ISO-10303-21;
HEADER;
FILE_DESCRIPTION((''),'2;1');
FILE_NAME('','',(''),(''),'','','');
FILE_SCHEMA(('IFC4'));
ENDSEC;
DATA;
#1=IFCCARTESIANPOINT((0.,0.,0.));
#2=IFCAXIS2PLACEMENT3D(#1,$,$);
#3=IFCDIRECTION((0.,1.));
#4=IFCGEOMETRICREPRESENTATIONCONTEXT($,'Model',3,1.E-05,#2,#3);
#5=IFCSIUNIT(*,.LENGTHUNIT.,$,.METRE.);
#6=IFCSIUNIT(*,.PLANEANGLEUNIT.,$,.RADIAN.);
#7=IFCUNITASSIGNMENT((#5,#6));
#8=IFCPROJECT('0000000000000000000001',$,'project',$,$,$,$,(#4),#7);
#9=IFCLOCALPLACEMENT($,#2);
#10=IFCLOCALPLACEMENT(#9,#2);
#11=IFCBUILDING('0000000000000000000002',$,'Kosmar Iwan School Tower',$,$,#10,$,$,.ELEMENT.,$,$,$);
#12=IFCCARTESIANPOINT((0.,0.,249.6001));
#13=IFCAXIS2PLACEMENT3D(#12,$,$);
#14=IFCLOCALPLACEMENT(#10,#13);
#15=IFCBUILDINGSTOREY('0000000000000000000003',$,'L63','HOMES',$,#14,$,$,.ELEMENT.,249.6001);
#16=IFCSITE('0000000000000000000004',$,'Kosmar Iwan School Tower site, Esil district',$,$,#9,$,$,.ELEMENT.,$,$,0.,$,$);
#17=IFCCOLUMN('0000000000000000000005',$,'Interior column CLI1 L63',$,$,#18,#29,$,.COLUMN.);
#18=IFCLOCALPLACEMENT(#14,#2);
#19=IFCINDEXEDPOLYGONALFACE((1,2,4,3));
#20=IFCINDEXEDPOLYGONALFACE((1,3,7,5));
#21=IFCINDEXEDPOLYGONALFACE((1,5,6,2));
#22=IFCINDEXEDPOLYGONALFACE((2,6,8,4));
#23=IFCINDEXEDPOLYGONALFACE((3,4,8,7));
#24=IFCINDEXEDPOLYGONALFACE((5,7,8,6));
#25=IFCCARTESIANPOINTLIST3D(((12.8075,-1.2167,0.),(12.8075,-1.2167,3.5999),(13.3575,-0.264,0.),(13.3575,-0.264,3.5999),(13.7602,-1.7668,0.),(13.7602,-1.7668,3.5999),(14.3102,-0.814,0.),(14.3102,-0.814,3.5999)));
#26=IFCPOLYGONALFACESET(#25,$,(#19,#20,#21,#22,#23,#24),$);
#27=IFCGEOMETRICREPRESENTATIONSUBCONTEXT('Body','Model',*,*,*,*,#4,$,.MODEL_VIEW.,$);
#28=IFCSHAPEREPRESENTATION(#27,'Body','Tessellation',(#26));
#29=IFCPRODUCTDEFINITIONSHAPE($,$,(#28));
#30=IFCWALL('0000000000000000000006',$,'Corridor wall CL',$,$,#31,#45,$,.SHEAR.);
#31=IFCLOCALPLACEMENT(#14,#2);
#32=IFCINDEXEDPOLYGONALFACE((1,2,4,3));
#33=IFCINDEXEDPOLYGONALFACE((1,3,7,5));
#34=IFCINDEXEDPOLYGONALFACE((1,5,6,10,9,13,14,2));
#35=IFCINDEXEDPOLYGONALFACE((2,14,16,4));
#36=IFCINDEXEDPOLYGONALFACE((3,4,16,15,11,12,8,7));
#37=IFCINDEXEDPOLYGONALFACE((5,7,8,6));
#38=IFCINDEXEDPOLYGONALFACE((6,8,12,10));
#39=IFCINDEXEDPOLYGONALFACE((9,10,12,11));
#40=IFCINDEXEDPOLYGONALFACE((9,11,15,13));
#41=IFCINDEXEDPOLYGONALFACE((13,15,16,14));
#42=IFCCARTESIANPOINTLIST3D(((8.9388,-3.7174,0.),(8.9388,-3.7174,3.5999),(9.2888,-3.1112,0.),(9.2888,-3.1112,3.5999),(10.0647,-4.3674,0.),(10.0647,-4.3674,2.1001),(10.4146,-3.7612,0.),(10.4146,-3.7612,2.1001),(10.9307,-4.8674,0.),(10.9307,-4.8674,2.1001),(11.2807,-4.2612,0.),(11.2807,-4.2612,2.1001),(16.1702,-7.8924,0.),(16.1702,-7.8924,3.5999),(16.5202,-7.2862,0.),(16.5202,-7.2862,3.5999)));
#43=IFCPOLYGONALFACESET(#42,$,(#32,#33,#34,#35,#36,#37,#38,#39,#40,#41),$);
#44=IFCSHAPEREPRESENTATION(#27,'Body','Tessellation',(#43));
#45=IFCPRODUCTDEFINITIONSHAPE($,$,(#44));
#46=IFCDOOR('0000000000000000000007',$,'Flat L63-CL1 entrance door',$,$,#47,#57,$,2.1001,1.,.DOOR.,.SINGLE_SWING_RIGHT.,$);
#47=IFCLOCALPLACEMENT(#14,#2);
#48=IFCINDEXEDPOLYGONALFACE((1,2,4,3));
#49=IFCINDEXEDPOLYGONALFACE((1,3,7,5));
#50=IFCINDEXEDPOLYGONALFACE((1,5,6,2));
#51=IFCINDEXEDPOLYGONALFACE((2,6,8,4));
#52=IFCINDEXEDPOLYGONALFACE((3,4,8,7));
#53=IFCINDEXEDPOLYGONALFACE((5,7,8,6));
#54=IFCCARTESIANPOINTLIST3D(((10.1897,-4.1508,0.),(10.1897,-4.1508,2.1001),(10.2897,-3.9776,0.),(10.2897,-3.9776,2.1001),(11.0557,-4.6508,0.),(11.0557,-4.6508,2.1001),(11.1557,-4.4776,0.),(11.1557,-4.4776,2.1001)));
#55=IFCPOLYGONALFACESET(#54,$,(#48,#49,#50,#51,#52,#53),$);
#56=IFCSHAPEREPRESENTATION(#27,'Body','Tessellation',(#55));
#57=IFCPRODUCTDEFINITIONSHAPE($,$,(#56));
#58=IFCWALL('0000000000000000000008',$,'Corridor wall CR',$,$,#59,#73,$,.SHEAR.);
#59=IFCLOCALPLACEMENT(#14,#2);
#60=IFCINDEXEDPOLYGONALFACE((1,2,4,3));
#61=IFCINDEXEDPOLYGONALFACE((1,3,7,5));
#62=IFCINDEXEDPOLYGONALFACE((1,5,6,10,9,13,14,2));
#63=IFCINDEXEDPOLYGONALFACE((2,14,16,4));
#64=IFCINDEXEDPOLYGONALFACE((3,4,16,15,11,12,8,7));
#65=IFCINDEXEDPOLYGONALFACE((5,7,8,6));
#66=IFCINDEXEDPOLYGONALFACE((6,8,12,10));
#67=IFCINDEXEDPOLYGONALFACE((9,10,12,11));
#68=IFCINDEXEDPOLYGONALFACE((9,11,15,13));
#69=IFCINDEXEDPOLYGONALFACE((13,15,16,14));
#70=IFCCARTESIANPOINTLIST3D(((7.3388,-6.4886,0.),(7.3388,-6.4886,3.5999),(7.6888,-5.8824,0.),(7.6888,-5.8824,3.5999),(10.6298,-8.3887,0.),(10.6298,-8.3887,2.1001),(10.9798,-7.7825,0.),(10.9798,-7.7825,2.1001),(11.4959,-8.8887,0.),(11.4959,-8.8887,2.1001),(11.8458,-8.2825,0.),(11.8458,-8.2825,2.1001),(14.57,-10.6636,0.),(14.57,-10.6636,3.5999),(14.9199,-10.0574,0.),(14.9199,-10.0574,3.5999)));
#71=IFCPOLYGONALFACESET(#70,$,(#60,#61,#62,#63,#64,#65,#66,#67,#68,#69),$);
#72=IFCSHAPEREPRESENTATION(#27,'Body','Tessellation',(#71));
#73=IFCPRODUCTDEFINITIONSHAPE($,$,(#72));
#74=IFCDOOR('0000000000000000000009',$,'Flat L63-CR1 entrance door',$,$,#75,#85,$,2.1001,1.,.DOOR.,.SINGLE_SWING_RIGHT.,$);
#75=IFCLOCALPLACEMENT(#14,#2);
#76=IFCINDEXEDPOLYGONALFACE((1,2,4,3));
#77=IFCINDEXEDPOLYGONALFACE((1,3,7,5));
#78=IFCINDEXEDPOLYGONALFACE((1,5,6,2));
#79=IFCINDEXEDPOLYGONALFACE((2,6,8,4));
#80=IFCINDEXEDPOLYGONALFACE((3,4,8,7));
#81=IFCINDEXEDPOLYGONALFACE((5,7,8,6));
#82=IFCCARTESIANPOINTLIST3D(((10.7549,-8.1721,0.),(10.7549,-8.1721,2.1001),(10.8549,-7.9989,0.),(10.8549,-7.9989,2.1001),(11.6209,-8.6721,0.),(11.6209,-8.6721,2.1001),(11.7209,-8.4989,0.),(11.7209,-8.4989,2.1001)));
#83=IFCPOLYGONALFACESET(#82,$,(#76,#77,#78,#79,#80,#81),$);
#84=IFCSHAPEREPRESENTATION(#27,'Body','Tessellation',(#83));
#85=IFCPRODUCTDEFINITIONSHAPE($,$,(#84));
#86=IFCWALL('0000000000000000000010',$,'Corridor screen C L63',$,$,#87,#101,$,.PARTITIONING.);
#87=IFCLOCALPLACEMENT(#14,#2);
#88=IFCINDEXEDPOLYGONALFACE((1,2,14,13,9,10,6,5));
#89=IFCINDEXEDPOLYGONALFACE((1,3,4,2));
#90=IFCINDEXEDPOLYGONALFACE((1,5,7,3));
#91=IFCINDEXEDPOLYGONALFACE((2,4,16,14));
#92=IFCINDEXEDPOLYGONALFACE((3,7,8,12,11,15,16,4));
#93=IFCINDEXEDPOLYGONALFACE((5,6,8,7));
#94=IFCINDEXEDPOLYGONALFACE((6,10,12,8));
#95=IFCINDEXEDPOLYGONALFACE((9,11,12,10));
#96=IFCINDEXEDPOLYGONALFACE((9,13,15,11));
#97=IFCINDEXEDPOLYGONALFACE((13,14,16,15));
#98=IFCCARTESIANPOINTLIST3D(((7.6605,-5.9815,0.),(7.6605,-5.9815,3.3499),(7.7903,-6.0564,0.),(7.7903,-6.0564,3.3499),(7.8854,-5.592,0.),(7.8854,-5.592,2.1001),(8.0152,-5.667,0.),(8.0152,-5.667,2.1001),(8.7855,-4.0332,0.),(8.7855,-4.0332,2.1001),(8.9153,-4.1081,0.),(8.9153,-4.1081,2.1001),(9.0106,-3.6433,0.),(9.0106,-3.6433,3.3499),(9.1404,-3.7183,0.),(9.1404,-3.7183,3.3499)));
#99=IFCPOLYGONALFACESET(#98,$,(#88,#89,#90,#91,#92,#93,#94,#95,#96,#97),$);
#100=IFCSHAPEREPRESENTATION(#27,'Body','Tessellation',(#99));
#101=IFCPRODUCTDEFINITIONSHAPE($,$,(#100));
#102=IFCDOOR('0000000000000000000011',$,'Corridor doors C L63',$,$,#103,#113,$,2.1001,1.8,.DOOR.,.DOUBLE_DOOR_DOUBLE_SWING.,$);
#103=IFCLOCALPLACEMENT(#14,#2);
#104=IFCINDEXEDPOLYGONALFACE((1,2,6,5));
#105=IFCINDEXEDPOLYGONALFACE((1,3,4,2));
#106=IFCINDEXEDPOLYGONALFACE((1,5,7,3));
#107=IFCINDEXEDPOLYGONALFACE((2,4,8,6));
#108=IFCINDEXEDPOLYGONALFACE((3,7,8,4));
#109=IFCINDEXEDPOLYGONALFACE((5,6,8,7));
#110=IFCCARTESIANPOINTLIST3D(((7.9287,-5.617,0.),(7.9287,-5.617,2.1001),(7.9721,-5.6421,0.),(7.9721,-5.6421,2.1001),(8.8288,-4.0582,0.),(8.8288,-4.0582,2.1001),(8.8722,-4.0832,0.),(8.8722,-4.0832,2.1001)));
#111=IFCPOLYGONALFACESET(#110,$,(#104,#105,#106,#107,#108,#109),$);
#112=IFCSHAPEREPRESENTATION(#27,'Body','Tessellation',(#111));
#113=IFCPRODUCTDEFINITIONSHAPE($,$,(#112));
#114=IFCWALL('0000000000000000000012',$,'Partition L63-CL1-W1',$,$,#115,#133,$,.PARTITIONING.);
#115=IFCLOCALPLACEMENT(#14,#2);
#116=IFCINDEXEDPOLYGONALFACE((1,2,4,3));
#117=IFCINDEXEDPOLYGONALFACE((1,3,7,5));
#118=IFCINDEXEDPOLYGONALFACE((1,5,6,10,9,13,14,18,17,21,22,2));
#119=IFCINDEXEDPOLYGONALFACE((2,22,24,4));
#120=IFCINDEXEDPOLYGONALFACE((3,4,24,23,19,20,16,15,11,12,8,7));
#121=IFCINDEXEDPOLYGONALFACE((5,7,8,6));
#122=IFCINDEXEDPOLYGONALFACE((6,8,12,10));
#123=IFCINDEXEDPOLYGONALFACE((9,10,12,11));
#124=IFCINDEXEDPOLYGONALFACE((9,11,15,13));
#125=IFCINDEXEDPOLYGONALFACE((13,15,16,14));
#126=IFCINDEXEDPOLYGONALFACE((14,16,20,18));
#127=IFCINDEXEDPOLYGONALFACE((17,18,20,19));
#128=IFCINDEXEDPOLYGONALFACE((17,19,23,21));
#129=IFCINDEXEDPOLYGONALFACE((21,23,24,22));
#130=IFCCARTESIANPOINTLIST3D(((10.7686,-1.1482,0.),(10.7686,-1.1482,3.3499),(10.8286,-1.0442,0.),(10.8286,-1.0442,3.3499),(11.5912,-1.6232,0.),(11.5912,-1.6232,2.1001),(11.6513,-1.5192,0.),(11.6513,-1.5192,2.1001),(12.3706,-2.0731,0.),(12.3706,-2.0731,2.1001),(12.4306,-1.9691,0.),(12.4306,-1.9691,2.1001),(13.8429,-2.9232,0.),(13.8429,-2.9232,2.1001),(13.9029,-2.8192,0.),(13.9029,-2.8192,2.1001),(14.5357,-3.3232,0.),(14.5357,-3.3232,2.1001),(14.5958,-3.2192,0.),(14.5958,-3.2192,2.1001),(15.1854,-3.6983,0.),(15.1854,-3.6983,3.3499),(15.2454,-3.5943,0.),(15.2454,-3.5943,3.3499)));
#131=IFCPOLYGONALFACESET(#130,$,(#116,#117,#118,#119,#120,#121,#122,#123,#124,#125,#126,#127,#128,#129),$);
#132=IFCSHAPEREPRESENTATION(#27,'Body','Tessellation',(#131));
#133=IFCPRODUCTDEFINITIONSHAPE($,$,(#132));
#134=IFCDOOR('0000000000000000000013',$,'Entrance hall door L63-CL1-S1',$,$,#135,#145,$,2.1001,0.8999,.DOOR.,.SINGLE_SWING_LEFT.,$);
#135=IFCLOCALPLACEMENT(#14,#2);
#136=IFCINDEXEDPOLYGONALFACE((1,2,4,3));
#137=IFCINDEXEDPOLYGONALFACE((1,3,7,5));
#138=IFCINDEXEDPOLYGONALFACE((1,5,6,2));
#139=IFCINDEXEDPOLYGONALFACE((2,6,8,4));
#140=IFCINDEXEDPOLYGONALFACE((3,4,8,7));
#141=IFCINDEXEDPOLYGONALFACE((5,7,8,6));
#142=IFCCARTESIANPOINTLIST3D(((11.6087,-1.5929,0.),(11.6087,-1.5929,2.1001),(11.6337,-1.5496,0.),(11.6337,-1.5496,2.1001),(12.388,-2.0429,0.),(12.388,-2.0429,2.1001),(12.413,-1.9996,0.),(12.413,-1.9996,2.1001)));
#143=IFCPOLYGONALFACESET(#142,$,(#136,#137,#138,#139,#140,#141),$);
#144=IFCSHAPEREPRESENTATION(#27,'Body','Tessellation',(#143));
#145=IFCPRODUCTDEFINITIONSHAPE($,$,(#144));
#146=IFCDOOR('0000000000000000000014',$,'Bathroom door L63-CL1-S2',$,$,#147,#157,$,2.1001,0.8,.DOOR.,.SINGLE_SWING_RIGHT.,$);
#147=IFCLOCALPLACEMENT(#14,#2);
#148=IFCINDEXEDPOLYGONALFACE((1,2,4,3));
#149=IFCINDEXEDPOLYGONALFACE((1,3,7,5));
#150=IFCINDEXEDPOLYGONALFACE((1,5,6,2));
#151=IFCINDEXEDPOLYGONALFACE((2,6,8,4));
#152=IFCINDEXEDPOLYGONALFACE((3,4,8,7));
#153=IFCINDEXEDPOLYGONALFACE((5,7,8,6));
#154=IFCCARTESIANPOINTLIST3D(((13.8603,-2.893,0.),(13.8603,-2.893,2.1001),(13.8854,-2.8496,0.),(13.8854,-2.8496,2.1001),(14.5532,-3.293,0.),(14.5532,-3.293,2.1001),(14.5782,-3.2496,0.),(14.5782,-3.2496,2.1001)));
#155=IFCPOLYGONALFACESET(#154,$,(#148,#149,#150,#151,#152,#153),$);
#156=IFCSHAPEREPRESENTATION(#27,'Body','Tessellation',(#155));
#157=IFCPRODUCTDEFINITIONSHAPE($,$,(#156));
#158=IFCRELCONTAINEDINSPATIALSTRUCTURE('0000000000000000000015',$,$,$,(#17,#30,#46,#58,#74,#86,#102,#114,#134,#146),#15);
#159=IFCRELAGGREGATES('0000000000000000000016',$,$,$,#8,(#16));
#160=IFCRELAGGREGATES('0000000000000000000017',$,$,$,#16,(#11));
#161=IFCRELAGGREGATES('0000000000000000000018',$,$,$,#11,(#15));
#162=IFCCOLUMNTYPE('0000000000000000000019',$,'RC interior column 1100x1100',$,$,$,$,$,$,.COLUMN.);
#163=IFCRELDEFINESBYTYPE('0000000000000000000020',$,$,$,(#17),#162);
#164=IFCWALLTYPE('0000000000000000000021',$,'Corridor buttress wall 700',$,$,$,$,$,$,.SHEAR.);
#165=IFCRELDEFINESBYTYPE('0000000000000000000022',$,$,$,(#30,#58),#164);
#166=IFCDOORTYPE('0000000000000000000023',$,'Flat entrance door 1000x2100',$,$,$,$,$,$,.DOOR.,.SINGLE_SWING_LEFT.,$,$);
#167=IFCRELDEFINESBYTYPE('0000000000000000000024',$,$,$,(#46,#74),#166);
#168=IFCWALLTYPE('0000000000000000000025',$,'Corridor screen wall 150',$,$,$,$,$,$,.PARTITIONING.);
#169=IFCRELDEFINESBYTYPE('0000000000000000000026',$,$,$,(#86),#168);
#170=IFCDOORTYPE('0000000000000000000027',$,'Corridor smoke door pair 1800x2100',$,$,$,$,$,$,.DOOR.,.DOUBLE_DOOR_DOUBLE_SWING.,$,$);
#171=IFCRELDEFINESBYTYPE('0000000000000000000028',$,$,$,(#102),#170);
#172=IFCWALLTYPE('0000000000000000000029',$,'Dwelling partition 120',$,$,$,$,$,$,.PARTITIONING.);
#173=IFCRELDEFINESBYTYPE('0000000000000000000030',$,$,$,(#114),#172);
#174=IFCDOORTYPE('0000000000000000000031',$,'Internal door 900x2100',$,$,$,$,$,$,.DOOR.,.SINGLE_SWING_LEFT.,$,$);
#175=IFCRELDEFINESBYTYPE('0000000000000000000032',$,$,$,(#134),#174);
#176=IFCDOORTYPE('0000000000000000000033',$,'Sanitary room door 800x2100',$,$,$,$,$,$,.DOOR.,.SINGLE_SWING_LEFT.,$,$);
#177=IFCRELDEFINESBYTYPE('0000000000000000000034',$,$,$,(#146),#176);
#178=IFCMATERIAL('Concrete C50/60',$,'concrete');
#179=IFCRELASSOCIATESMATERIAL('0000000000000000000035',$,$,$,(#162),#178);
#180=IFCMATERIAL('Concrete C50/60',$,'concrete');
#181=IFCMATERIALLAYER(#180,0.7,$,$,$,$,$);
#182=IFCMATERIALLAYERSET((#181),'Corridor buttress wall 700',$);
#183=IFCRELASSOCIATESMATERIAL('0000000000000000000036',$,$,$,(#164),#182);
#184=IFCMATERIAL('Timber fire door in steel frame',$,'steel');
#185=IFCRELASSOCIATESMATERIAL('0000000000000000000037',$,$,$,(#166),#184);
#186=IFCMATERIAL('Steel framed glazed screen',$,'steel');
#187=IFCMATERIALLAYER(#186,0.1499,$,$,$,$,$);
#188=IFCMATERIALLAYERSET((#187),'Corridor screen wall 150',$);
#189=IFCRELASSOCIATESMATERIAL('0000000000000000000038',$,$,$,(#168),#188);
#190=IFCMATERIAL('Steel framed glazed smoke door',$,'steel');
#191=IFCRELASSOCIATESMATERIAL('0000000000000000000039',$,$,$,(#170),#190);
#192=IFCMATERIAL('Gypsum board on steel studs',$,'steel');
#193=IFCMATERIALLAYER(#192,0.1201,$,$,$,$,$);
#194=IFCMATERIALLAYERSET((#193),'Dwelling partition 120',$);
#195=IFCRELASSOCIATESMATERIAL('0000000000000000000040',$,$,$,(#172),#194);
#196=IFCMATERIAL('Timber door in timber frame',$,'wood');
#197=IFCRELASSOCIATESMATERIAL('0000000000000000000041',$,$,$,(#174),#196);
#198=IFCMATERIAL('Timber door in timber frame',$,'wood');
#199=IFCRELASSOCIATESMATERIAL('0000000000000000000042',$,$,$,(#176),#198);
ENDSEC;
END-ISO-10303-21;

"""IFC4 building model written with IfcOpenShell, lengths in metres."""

from ifc_helpers import new_model, si_unit, direction, frame, frame_2d, origin, origin_2d, place, context, subcontext, project, spatial, rectangle, extrude, material, layer, layer_set, material_profile, profile_set, type_object, element, fill, save


model = new_model("IFC4")

# Units and contexts
model_context = context("Model", 3, precision=1e-05, world=origin(), true_north=direction((0.0, 1.0)))
body_context = subcontext(model_context, "Body", "Model", "MODEL_VIEW")
ifc_project = project(units=[si_unit("LENGTHUNIT", "METRE"), si_unit("PLANEANGLEUNIT", "RADIAN")], contexts=[model_context])

# Site, building, storey
site_placement = place(None, origin())
site = spatial("IfcSite", under=ifc_project, at=site_placement, Name="Kosmar Iwan School Tower site, Esil district", CompositionType="ELEMENT", RefElevation=0.0)
building_placement = place(site_placement, origin())
building = spatial("IfcBuilding", under=site, at=building_placement, Name="Kosmar Iwan School Tower", CompositionType="ELEMENT")
storey_placement = place(building_placement, frame((0.0, 0.0, 249.6001)))
storey = spatial("IfcBuildingStorey", under=building, at=storey_placement, Name="L63", Description="HOMES", CompositionType="ELEMENT", Elevation=249.6001)

# Column
ifc_material_1 = material(Name="Concrete C50/60", Category="concrete")
ifc_material_profile = material_profile(ifc_material_1, rectangle(XDim=1.1001, YDim=1.1001, at=origin_2d()), Name="RC 1100x1100")
ifc_profile_set = profile_set([ifc_material_profile], Name="Concrete C50/60")
column_type = type_object("IfcColumnType", Name="RC interior column 1100x1100", PredefinedType="COLUMN", material=ifc_profile_set)
column_placement = place(storey_placement, frame((13.5588, -1.0154, 0.0), z_axis=(0.0, 0.0, 1.0), x_axis=(0.866025, -0.5, 0.0)))
element("IfcColumn", 1, at=column_placement, inside=storey, type_object=column_type, Name="Interior column CLI1 L63", PredefinedType="COLUMN", context=body_context, shape_type="SweptSolid", body=[
    extrude(rectangle(XDim=1.1001, YDim=1.1001, at=origin_2d()), origin(), (0.0, 0.0, 1.0), 3.5999),
])

# Walls, openings, doors
ifc_material_2 = material(Name="Concrete C50/60", Category="concrete")
ifc_layer_1 = layer(ifc_material_2, 0.7)
ifc_layer_set_1 = layer_set([ifc_layer_1], Name="Corridor buttress wall 700")
wall_type_1 = type_object("IfcWallType", Name="Corridor buttress wall 700", PredefinedType="SHEAR", material=ifc_layer_set_1)
wall_1_placement = place(storey_placement, frame((9.1138, -3.4143, 0.0), z_axis=(0.0, 0.0, 1.0), x_axis=(0.866027, -0.499997, 0.0)))
wall_1 = element("IfcWall", 2, at=wall_1_placement, inside=storey, type_object=wall_type_1, Name="Corridor wall CL", PredefinedType="SHEAR", context=body_context, shape_type="SweptSolid", body=[
    extrude(rectangle(XDim=8.3501, YDim=0.7, at=frame_2d((4.175, 0.0))), origin(), (0.0, 0.0, 1.0), 3.5999),
])
opening_1_placement = place(wall_1_placement, frame((1.3, 0.0, 0.0)))
opening_1 = element("IfcOpeningElement", 3, at=opening_1_placement, cuts=wall_1, PredefinedType="OPENING", context=body_context, shape_type="SweptSolid", body=[
    extrude(rectangle(XDim=1.0, YDim=2.1001, at=frame_2d((0.5, 1.05))), frame((0.0, 0.3621, 0.0), z_axis=(0.0, -1.0, 0.0), x_axis=(1.0, 0.0, 0.0)), (0.0, 0.0, 1.0), 0.7239),
])
ifc_material_3 = material(Name="Timber fire door in steel frame", Category="steel")
door_type_1 = type_object("IfcDoorType", Name="Flat entrance door 1000x2100", OperationType="SINGLE_SWING_LEFT", PredefinedType="DOOR", material=ifc_material_3)
door_1_placement = place(opening_1_placement, origin())
door_1 = element("IfcDoor", 4, at=door_1_placement, inside=storey, type_object=door_type_1, Name="Flat L63-CL1 entrance door", OperationType="SINGLE_SWING_RIGHT", OverallHeight=2.1001, OverallWidth=1.0, PredefinedType="DOOR", context=body_context, shape_type="SweptSolid", body=[
    extrude(rectangle(XDim=1.0, YDim=2.1001, at=frame_2d((0.5, 1.05))), frame((0.0, 0.1001, 0.0), z_axis=(0.0, -1.0, 0.0), x_axis=(1.0, 0.0, 0.0)), (0.0, 0.0, 1.0), 0.2),
])
fill(opening_1, door_1)
wall_2_placement = place(storey_placement, frame((7.5139, -6.1855, 0.0), z_axis=(0.0, 0.0, 1.0), x_axis=(0.86602, -0.50001, 0.0)))
wall_2 = element("IfcWall", 5, at=wall_2_placement, inside=storey, type_object=wall_type_1, Name="Corridor wall CR", PredefinedType="SHEAR", context=body_context, shape_type="SweptSolid", body=[
    extrude(rectangle(XDim=8.3499, YDim=0.7, at=frame_2d((4.1748, 0.0))), origin(), (0.0, 0.0, 1.0), 3.5999),
])
opening_2_placement = place(wall_2_placement, frame((3.8, 0.0, 0.0)))
opening_2 = element("IfcOpeningElement", 6, at=opening_2_placement, cuts=wall_2, PredefinedType="OPENING", context=body_context, shape_type="SweptSolid", body=[
    extrude(rectangle(XDim=1.0, YDim=2.1001, at=frame_2d((0.5, 1.05))), frame((0.0, 0.3621, 0.0), z_axis=(0.0, -1.0, 0.0), x_axis=(1.0, 0.0, 0.0)), (0.0, 0.0, 1.0), 0.7239),
])
door_2_placement = place(opening_2_placement, origin())
door_2 = element("IfcDoor", 7, at=door_2_placement, inside=storey, type_object=door_type_1, Name="Flat L63-CR1 entrance door", OperationType="SINGLE_SWING_RIGHT", OverallHeight=2.1001, OverallWidth=1.0, PredefinedType="DOOR", context=body_context, shape_type="SweptSolid", body=[
    extrude(rectangle(XDim=1.0, YDim=2.1001, at=frame_2d((0.5, 1.05))), frame((0.0, 0.1001, 0.0), z_axis=(0.0, -1.0, 0.0), x_axis=(1.0, 0.0, 0.0)), (0.0, 0.0, 1.0), 0.2),
])
fill(opening_2, door_2)
ifc_material_4 = material(Name="Steel framed glazed screen", Category="steel")
ifc_layer_2 = layer(ifc_material_4, 0.1499)
ifc_layer_set_2 = layer_set([ifc_layer_2], Name="Corridor screen wall 150")
wall_type_2 = type_object("IfcWallType", Name="Corridor screen wall 150", PredefinedType="PARTITIONING", material=ifc_layer_set_2)
wall_3_placement = place(storey_placement, frame((7.7253, -6.019, 0.0), z_axis=(0.0, 0.0, 1.0), x_axis=(0.500049, 0.865997, 0.0)))
wall_3 = element("IfcWall", 8, at=wall_3_placement, inside=storey, type_object=wall_type_2, Name="Corridor screen C L63", PredefinedType="PARTITIONING", context=body_context, shape_type="SweptSolid", body=[
    extrude(rectangle(XDim=2.7, YDim=0.1499, at=frame_2d((1.3501, 0.0))), origin(), (0.0, 0.0, 1.0), 3.3499),
])
opening_3_placement = place(wall_3_placement, frame((0.45, 0.0, 0.0)))
opening_3 = element("IfcOpeningElement", 9, at=opening_3_placement, cuts=wall_3, PredefinedType="OPENING", context=body_context, shape_type="SweptSolid", body=[
    extrude(rectangle(XDim=1.8, YDim=2.1001, at=frame_2d((0.8999, 1.05))), frame((0.0, 0.0869, 0.0), z_axis=(0.0, -1.0, 0.0), x_axis=(1.0, 0.0, 0.0)), (0.0, 0.0, 1.0), 0.1738),
])
ifc_material_5 = material(Name="Steel framed glazed smoke door", Category="steel")
door_type_2 = type_object("IfcDoorType", Name="Corridor smoke door pair 1800x2100", OperationType="DOUBLE_DOOR_DOUBLE_SWING", PredefinedType="DOOR", material=ifc_material_5)
door_3_placement = place(opening_3_placement, origin())
door_3 = element("IfcDoor", 10, at=door_3_placement, inside=storey, type_object=door_type_2, Name="Corridor doors C L63", OperationType="DOUBLE_DOOR_DOUBLE_SWING", OverallHeight=2.1001, OverallWidth=1.8, PredefinedType="DOOR", context=body_context, shape_type="SweptSolid", body=[
    extrude(rectangle(XDim=1.8, YDim=2.1001, at=frame_2d((0.8999, 1.05))), frame((0.0, 0.0249, 0.0), z_axis=(0.0, -1.0, 0.0), x_axis=(1.0, 0.0, 0.0)), (0.0, 0.0, 1.0), 0.05),
])
fill(opening_3, door_3)

# Wall, openings, doors
ifc_material_6 = material(Name="Gypsum board on steel studs", Category="steel")
ifc_layer_3 = layer(ifc_material_6, 0.1201)
ifc_layer_set_3 = layer_set([ifc_layer_3], Name="Dwelling partition 120")
wall_type_3 = type_object("IfcWallType", Name="Dwelling partition 120", PredefinedType="PARTITIONING", material=ifc_layer_set_3)
wall_4_placement = place(storey_placement, frame((10.7986, -1.0962, 0.0), z_axis=(0.0, 0.0, 1.0), x_axis=(0.866022, -0.500006, 0.0)))
wall_4 = element("IfcWall", 11, at=wall_4_placement, inside=storey, type_object=wall_type_3, Name="Partition L63-CL1-W1", PredefinedType="PARTITIONING", context=body_context, shape_type="SweptSolid", body=[
    extrude(rectangle(XDim=5.1001, YDim=0.1201, at=frame_2d((2.55, 0.0))), origin(), (0.0, 0.0, 1.0), 3.3499),
])
opening_4_placement = place(wall_4_placement, frame((0.95, 0.0, 0.0)))
opening_4 = element("IfcOpeningElement", 12, at=opening_4_placement, cuts=wall_4, PredefinedType="OPENING", context=body_context, shape_type="SweptSolid", body=[
    extrude(rectangle(XDim=0.8999, YDim=2.1001, at=frame_2d((0.45, 1.05))), frame((0.0, 0.072, 0.0), z_axis=(0.0, -1.0, 0.0), x_axis=(1.0, 0.0, 0.0)), (0.0, 0.0, 1.0), 0.144),
])
opening_5_placement = place(wall_4_placement, frame((3.55, 0.0, 0.0)))
opening_5 = element("IfcOpeningElement", 13, at=opening_5_placement, cuts=wall_4, PredefinedType="OPENING", context=body_context, shape_type="SweptSolid", body=[
    extrude(rectangle(XDim=0.8, YDim=2.1001, at=frame_2d((0.3999, 1.05))), frame((0.0, 0.072, 0.0), z_axis=(0.0, -1.0, 0.0), x_axis=(1.0, 0.0, 0.0)), (0.0, 0.0, 1.0), 0.144),
])
ifc_material_7 = material(Name="Timber door in timber frame", Category="wood")
door_type_3 = type_object("IfcDoorType", Name="Internal door 900x2100", OperationType="SINGLE_SWING_LEFT", PredefinedType="DOOR", material=ifc_material_7)
door_4_placement = place(opening_4_placement, origin())
door_4 = element("IfcDoor", 14, at=door_4_placement, inside=storey, type_object=door_type_3, Name="Entrance hall door L63-CL1-S1", OperationType="SINGLE_SWING_LEFT", OverallHeight=2.1001, OverallWidth=0.8999, PredefinedType="DOOR", context=body_context, shape_type="SweptSolid", body=[
    extrude(rectangle(XDim=0.8999, YDim=2.1001, at=frame_2d((0.45, 1.05))), frame((0.0, 0.0249, 0.0), z_axis=(0.0, -1.0, 0.0), x_axis=(1.0, 0.0, 0.0)), (0.0, 0.0, 1.0), 0.05),
])
fill(opening_4, door_4)
ifc_material_8 = material(Name="Timber door in timber frame", Category="wood")
door_type_4 = type_object("IfcDoorType", Name="Sanitary room door 800x2100", OperationType="SINGLE_SWING_LEFT", PredefinedType="DOOR", material=ifc_material_8)
door_5_placement = place(opening_5_placement, origin())
door_5 = element("IfcDoor", 15, at=door_5_placement, inside=storey, type_object=door_type_4, Name="Bathroom door L63-CL1-S2", OperationType="SINGLE_SWING_RIGHT", OverallHeight=2.1001, OverallWidth=0.8, PredefinedType="DOOR", context=body_context, shape_type="SweptSolid", body=[
    extrude(rectangle(XDim=0.8, YDim=2.1001, at=frame_2d((0.3999, 1.05))), frame((0.0, 0.0249, 0.0), z_axis=(0.0, -1.0, 0.0), x_axis=(1.0, 0.0, 0.0)), (0.0, 0.0, 1.0), 0.05),
])
fill(opening_5, door_5)

save(model, "model.ifc")
